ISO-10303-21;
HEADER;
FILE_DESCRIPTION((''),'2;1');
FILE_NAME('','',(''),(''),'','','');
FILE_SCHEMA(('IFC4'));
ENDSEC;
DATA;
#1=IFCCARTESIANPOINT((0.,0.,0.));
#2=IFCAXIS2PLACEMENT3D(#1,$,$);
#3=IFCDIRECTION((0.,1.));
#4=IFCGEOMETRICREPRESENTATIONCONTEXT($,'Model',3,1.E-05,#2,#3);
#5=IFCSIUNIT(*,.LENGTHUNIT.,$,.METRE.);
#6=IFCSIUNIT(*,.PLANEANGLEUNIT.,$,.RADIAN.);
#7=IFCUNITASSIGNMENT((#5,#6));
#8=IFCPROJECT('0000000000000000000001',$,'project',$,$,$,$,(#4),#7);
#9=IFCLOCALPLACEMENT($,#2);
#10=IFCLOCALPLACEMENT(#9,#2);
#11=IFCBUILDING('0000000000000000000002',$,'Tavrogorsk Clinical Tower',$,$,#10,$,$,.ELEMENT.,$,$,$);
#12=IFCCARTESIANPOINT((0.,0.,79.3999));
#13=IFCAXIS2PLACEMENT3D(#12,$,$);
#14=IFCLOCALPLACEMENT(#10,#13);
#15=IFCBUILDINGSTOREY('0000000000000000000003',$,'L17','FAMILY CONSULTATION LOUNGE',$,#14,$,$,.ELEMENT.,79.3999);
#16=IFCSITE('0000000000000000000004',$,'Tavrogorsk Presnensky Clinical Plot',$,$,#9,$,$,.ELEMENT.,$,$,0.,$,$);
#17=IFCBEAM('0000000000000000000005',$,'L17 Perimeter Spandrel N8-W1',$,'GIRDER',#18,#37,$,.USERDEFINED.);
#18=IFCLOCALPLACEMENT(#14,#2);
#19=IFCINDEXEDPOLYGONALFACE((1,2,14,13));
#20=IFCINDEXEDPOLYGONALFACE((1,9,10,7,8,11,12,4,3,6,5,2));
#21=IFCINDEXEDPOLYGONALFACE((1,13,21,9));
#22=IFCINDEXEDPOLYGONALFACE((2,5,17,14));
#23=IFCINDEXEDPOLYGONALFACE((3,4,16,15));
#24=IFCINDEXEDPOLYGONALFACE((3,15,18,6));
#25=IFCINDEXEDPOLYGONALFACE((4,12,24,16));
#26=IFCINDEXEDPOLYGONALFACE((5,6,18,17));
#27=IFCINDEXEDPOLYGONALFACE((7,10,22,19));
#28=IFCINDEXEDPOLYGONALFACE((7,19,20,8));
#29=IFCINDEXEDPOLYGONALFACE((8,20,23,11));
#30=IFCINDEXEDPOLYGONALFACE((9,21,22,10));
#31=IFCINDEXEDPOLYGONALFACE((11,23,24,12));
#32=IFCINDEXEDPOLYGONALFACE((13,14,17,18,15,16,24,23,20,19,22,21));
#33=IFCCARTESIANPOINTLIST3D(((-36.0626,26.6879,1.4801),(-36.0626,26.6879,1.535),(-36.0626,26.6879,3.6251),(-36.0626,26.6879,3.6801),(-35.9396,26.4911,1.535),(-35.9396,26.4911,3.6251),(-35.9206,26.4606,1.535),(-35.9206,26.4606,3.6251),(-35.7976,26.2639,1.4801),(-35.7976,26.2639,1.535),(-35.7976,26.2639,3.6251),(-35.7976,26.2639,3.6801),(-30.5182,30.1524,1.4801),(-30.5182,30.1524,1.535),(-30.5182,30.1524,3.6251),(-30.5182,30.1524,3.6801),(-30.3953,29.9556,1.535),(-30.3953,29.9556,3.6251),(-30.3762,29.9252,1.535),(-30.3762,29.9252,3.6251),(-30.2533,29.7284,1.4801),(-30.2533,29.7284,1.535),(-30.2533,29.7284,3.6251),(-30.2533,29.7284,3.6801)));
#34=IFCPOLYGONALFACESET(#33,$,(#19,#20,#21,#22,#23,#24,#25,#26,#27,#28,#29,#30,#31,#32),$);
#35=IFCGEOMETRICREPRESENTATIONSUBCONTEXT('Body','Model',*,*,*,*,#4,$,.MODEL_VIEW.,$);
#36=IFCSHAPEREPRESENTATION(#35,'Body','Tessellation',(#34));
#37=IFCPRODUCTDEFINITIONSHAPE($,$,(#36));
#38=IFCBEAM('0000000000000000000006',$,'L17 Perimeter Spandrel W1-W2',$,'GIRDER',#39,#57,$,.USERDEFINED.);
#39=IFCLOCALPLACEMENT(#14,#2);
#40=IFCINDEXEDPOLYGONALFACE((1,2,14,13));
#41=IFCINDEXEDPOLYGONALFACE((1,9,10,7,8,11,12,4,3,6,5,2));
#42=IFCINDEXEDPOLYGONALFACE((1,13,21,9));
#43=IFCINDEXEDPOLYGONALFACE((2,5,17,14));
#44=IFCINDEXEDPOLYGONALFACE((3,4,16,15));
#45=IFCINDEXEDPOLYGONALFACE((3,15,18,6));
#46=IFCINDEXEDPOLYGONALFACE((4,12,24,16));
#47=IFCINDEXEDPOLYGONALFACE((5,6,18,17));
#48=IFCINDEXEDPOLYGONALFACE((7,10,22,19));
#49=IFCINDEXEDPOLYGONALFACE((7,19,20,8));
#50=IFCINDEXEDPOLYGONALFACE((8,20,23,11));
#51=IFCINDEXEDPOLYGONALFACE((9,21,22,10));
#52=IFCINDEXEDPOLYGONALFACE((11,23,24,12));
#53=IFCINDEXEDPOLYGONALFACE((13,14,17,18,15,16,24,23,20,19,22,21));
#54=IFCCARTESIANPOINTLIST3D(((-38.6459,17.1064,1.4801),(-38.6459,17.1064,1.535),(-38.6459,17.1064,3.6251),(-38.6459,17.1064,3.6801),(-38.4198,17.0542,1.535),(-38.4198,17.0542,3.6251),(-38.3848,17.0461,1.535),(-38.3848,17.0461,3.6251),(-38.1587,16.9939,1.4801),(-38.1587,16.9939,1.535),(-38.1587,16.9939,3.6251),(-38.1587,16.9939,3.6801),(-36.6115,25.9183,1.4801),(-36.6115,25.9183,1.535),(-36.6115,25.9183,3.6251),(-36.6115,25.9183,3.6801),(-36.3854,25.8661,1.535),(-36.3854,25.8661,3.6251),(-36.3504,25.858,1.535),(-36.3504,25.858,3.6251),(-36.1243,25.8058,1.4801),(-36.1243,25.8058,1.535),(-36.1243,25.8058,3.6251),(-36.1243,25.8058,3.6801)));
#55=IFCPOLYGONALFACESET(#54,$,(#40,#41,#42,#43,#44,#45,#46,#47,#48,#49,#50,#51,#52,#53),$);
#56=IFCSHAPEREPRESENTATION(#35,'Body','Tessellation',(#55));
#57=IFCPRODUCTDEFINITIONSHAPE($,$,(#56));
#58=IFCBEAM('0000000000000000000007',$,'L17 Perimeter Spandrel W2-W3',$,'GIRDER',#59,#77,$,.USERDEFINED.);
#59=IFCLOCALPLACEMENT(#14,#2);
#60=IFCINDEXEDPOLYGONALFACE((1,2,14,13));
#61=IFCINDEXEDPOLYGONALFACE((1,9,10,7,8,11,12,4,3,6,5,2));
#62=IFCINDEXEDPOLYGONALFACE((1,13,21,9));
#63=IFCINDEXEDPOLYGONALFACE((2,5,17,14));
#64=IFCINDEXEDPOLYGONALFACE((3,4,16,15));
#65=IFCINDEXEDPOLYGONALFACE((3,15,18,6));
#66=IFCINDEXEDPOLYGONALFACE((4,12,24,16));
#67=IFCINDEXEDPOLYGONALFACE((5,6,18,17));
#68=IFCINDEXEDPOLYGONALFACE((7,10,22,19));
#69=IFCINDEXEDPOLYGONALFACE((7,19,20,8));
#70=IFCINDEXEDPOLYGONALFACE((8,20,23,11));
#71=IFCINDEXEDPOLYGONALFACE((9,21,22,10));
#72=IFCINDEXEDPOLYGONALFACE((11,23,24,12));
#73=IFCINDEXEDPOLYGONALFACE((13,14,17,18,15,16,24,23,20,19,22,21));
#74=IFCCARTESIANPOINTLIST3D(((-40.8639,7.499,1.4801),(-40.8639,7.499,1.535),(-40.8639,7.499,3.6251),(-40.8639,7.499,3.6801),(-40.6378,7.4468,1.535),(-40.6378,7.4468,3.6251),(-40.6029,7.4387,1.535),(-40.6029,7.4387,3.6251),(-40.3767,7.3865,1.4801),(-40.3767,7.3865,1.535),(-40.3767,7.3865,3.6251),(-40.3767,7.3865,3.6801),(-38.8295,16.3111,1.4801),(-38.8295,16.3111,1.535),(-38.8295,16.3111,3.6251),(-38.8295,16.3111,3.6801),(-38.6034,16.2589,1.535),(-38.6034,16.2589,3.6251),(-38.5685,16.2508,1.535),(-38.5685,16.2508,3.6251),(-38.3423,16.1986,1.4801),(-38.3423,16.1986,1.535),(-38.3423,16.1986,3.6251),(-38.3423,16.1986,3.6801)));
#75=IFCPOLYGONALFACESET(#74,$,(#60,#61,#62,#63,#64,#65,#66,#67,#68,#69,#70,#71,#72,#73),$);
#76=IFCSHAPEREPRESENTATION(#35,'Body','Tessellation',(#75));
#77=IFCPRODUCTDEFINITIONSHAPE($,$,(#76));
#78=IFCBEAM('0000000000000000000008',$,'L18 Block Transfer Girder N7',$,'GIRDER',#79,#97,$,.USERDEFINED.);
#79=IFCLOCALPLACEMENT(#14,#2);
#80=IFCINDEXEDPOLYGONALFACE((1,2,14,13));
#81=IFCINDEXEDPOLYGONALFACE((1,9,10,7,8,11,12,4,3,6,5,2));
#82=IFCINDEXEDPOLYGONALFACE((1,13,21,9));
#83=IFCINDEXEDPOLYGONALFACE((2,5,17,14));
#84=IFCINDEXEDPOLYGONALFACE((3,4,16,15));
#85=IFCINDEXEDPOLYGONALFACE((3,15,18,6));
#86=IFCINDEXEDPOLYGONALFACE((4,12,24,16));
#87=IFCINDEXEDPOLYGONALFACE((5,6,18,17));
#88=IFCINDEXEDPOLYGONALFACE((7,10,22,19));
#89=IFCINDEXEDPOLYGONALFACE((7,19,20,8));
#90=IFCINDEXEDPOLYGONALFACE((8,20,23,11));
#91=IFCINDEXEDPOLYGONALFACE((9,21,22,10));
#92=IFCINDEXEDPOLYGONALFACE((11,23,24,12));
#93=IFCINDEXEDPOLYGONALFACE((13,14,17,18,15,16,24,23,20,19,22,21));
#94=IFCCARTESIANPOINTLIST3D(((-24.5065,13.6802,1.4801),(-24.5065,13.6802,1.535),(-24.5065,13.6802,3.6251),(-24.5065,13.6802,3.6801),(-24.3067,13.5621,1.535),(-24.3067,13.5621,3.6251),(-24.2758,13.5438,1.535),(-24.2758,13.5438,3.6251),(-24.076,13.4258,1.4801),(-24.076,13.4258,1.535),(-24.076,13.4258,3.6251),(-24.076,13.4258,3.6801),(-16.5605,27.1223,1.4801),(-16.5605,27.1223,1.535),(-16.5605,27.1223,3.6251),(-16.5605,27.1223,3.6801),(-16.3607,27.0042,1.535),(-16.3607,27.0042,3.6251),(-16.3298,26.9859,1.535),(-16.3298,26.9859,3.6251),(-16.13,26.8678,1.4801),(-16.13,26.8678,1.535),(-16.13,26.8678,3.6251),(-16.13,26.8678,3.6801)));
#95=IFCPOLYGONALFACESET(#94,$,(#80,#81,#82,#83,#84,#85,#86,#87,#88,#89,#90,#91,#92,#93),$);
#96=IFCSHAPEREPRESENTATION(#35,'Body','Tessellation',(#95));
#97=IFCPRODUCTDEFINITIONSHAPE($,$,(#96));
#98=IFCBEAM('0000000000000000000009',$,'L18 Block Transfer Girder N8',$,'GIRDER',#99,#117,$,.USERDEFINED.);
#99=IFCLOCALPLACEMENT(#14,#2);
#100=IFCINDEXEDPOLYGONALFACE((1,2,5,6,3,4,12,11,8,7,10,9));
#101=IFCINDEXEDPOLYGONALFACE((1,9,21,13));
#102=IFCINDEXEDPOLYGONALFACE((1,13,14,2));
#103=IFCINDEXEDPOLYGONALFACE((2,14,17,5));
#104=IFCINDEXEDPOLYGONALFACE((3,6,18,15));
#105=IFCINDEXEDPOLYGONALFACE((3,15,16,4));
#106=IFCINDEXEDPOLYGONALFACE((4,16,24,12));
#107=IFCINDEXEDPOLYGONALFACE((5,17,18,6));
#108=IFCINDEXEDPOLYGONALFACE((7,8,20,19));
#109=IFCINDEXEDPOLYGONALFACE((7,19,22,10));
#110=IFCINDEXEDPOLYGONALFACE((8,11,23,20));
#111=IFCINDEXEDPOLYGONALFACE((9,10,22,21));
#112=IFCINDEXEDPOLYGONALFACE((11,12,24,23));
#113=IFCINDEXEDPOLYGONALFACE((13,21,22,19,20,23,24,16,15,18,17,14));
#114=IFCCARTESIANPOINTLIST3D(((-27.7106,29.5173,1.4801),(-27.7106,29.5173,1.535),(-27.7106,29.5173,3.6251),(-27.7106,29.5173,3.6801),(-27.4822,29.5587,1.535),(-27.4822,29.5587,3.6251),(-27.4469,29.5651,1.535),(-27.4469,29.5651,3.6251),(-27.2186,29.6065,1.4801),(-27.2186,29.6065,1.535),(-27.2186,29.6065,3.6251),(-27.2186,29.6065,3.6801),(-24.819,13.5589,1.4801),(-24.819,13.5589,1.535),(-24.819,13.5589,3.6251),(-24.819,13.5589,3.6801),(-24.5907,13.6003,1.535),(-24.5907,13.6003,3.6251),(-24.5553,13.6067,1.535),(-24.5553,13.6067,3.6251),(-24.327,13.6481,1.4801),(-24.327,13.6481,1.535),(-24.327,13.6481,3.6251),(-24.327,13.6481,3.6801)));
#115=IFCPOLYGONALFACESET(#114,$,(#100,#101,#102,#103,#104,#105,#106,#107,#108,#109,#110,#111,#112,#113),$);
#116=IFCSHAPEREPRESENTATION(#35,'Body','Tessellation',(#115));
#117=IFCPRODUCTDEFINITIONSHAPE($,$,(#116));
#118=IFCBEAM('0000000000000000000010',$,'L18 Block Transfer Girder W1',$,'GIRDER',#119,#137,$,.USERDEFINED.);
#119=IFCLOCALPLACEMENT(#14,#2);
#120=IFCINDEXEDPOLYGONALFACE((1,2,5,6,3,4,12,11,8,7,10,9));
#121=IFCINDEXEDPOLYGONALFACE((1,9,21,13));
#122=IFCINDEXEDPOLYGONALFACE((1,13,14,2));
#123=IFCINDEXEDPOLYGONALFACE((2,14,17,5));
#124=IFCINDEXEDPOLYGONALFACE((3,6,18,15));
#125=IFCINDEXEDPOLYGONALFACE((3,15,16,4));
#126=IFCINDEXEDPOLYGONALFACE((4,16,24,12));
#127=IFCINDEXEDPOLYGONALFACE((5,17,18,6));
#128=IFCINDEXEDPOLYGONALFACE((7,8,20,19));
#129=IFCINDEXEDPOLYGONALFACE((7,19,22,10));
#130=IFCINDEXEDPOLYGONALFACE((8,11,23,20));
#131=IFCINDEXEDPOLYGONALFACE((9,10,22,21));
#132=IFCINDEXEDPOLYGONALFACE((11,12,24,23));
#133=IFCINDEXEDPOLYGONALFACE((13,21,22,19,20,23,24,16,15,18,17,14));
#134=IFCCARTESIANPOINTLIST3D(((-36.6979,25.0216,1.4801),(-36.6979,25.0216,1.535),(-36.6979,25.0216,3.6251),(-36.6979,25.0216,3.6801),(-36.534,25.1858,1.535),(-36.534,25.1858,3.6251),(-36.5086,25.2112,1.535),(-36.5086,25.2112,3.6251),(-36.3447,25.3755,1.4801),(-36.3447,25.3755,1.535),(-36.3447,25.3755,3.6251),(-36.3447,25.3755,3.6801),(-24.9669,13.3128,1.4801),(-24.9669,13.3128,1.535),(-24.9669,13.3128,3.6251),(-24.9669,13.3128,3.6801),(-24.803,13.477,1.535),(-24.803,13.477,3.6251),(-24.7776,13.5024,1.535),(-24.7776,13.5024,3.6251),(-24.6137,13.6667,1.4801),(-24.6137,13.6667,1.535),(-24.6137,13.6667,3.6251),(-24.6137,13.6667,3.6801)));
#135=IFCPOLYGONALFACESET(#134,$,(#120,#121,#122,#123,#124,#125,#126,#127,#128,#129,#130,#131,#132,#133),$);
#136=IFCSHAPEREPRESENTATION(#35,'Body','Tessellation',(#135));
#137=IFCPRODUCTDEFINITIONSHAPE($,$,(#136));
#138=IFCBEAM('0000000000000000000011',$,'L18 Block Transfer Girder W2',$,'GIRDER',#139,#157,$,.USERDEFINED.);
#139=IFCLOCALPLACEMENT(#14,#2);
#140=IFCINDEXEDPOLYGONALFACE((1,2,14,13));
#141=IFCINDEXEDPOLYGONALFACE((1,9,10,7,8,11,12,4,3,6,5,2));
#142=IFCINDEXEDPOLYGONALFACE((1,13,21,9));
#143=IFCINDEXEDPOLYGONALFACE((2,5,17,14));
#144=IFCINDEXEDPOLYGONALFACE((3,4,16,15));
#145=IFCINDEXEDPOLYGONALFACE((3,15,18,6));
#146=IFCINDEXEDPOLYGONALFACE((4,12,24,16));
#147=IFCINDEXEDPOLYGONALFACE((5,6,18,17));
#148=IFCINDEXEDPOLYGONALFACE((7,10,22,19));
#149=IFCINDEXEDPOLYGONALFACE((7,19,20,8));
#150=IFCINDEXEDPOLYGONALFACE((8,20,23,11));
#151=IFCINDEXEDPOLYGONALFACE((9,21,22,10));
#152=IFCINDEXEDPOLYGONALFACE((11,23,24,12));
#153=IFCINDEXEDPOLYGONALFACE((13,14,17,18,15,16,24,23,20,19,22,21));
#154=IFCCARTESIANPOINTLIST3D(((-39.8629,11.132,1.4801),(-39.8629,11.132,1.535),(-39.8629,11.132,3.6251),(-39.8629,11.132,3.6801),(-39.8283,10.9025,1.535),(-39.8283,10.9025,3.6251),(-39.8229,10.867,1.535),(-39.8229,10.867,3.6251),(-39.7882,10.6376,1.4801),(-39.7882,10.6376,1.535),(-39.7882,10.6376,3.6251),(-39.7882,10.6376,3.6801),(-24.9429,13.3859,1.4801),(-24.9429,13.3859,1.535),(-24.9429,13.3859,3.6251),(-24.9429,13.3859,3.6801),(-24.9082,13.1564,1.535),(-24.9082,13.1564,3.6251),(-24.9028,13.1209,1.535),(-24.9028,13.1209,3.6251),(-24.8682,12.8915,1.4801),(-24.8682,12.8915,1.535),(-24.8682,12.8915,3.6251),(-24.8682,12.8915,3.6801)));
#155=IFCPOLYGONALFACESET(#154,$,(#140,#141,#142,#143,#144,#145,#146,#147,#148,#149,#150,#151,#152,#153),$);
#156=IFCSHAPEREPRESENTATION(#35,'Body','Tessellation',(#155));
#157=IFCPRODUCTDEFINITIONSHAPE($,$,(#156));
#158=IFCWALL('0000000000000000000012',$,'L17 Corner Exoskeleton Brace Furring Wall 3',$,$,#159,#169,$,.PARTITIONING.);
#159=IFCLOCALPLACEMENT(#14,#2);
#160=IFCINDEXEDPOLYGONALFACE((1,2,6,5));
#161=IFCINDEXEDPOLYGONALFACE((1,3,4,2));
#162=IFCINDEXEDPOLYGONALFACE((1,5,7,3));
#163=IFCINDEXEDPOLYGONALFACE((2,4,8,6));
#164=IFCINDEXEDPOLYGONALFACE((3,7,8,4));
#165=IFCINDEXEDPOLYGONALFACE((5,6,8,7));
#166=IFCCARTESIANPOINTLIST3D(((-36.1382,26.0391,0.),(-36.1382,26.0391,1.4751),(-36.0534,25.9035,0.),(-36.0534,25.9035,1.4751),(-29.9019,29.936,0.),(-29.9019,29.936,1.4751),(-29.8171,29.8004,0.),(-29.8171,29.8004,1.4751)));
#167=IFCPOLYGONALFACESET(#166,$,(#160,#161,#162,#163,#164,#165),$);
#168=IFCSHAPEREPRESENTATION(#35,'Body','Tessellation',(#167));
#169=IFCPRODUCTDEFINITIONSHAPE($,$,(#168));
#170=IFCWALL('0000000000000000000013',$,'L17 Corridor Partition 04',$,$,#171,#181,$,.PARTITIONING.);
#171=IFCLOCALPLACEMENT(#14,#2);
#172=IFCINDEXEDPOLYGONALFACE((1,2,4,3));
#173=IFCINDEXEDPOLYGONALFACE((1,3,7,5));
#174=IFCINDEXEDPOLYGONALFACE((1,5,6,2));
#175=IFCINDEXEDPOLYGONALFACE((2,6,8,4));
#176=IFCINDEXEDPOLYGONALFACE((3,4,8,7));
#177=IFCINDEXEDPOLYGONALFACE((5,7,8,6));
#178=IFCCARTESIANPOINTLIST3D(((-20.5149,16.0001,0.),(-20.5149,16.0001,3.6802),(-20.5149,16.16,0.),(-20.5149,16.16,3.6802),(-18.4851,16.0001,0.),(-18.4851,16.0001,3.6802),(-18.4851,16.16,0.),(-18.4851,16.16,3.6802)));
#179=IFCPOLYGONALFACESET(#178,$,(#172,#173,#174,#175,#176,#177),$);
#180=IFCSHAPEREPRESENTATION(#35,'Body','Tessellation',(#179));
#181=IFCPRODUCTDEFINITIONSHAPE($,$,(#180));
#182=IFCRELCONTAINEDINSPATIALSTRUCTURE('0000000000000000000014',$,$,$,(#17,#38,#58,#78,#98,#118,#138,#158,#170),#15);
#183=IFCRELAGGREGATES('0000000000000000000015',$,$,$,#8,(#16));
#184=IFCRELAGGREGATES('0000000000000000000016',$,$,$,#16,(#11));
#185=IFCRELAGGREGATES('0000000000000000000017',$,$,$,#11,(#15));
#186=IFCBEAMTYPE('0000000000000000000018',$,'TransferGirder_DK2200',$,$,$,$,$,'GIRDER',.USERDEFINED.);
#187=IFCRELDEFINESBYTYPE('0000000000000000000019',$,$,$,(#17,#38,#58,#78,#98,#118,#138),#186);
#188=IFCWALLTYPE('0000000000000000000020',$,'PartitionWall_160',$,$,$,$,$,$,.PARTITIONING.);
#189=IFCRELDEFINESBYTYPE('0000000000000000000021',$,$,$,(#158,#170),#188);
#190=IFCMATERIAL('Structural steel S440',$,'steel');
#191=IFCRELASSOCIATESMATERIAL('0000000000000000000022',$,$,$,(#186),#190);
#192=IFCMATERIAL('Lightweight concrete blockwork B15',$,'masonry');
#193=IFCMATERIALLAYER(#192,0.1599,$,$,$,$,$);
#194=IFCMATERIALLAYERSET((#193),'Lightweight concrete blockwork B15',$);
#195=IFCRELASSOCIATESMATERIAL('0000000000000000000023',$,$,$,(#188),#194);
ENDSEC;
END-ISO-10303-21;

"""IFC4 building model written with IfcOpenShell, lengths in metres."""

from ifc_helpers import new_model, si_unit, direction, frame, frame_2d, origin, origin_2d, place, context, subcontext, project, spatial, rectangle, i_section, extrude, material, layer, layer_set, material_profile, profile_set, type_object, element, save


model = new_model("IFC4")

# Units and contexts
model_context = context("Model", 3, precision=1e-05, world=origin(), true_north=direction((0.0, 1.0)))
body_context = subcontext(model_context, "Body", "Model", "MODEL_VIEW")
ifc_project = project(units=[si_unit("LENGTHUNIT", "METRE"), si_unit("PLANEANGLEUNIT", "RADIAN")], contexts=[model_context])

# Site, building, storey
site_placement = place(None, origin())
site = spatial("IfcSite", under=ifc_project, at=site_placement, Name="Tavrogorsk Presnensky Clinical Plot", CompositionType="ELEMENT", RefElevation=0.0)
building_placement = place(site_placement, origin())
building = spatial("IfcBuilding", under=site, at=building_placement, Name="Tavrogorsk Clinical Tower", CompositionType="ELEMENT")
storey_placement = place(building_placement, frame((0.0, 0.0, 79.3999)))
storey = spatial("IfcBuildingStorey", under=building, at=storey_placement, Name="L17", Description="FAMILY CONSULTATION LOUNGE", CompositionType="ELEMENT", Elevation=79.3999)

# Beams
ifc_material_1 = material(Name="Structural steel S440", Category="steel")
ifc_material_profile_1 = material_profile(ifc_material_1, i_section(OverallWidth=0.5, OverallDepth=2.2, WebThickness=0.0359, FlangeThickness=0.0549, at=origin_2d()), Name="DK-2200x500x36x55")
ifc_profile_set_1 = profile_set([ifc_material_profile_1], Name="Structural steel S440")
beam_type = type_object("IfcBeamType", Name="TransferGirder_DK2200", ElementType="GIRDER", PredefinedType="USERDEFINED", material=ifc_profile_set_1)
beam_1_placement = place(storey_placement, frame((-30.3857, 29.9404, 2.5801), z_axis=(-0.848044, -0.529925, 0.0), x_axis=(0.529925, -0.848044, 0.0)))
element("IfcBeam", 1, at=beam_1_placement, inside=storey, type_object=beam_type, Name="L17 Perimeter Spandrel N8-W1", ObjectType="GIRDER", PredefinedType="USERDEFINED", context=body_context, shape_type="SweptSolid", body=[
    extrude(i_section(OverallWidth=0.5, OverallDepth=2.2, WebThickness=0.0359, FlangeThickness=0.0549, at=origin_2d()), origin(), (0.0, 0.0, 1.0), 6.5378),
])
beam_2_placement = place(storey_placement, frame((-36.3679, 25.8621, 2.5801), z_axis=(-0.224952, -0.97437, 0.0), x_axis=(0.97437, -0.224952, 0.0)))
element("IfcBeam", 2, at=beam_2_placement, inside=storey, type_object=beam_type, Name="L17 Perimeter Spandrel W1-W2", ObjectType="GIRDER", PredefinedType="USERDEFINED", context=body_context, shape_type="SweptSolid", body=[
    extrude(i_section(OverallWidth=0.5, OverallDepth=2.2, WebThickness=0.0359, FlangeThickness=0.0549, at=origin_2d()), origin(), (0.0, 0.0, 1.0), 9.0437),
])
beam_3_placement = place(storey_placement, frame((-38.5859, 16.2549, 2.5801), z_axis=(-0.224946, -0.974371, 0.0), x_axis=(0.974371, -0.224946, 0.0)))
element("IfcBeam", 3, at=beam_3_placement, inside=storey, type_object=beam_type, Name="L17 Perimeter Spandrel W2-W3", ObjectType="GIRDER", PredefinedType="USERDEFINED", context=body_context, shape_type="SweptSolid", body=[
    extrude(i_section(OverallWidth=0.5, OverallDepth=2.2, WebThickness=0.0359, FlangeThickness=0.0549, at=origin_2d()), origin(), (0.0, 0.0, 1.0), 9.0439),
])
beam_4_placement = place(storey_placement, frame((-24.2913, 13.553, 2.5801), z_axis=(0.50887, 0.860843, 0.0), x_axis=(-0.860843, 0.50887, 0.0)))
element("IfcBeam", 4, at=beam_4_placement, inside=storey, type_object=beam_type, Name="L18 Block Transfer Girder N7", ObjectType="GIRDER", PredefinedType="USERDEFINED", context=body_context, shape_type="SweptSolid", body=[
    extrude(i_section(OverallWidth=0.5, OverallDepth=2.2, WebThickness=0.0359, FlangeThickness=0.0549, at=origin_2d()), origin(), (0.0, 0.0, 1.0), 15.615),
])
beam_5_placement = place(storey_placement, frame((-24.573, 13.6035, 2.5801), z_axis=(-0.178292, 0.983978, 0.0), x_axis=(-0.983978, -0.178292, 0.0)))
element("IfcBeam", 5, at=beam_5_placement, inside=storey, type_object=beam_type, Name="L18 Block Transfer Girder N8", ObjectType="GIRDER", PredefinedType="USERDEFINED", context=body_context, shape_type="SweptSolid", body=[
    extrude(i_section(OverallWidth=0.5, OverallDepth=2.2, WebThickness=0.0359, FlangeThickness=0.0549, at=origin_2d()), origin(), (0.0, 0.0, 1.0), 16.2183),
])
beam_6_placement = place(storey_placement, frame((-24.7903, 13.4897, 2.5801), z_axis=(-0.707777, 0.706436, 0.0), x_axis=(-0.706436, -0.707777, 0.0)))
element("IfcBeam", 6, at=beam_6_placement, inside=storey, type_object=beam_type, Name="L18 Block Transfer Girder W1", ObjectType="GIRDER", PredefinedType="USERDEFINED", context=body_context, shape_type="SweptSolid", body=[
    extrude(i_section(OverallWidth=0.5, OverallDepth=2.2, WebThickness=0.0359, FlangeThickness=0.0549, at=origin_2d()), origin(), (0.0, 0.0, 1.0), 16.5745),
])
beam_7_placement = place(storey_placement, frame((-24.9055, 13.1387, 2.5801), z_axis=(-0.988781, -0.14937, 0.0), x_axis=(0.14937, -0.988781, 0.0)))
element("IfcBeam", 7, at=beam_7_placement, inside=storey, type_object=beam_type, Name="L18 Block Transfer Girder W2", ObjectType="GIRDER", PredefinedType="USERDEFINED", context=body_context, shape_type="SweptSolid", body=[
    extrude(i_section(OverallWidth=0.5, OverallDepth=2.2, WebThickness=0.0359, FlangeThickness=0.0549, at=origin_2d()), origin(), (0.0, 0.0, 1.0), 15.0894),
])

# Walls
ifc_material_2 = material(Name="Lightweight concrete blockwork B15", Category="masonry")
ifc_layer_1 = layer(ifc_material_2, 0.1599)
ifc_layer_set_1 = layer_set([ifc_layer_1], Name="Lightweight concrete blockwork B15")
wall_type_1 = type_object("IfcWallType", Name="PartitionWall_160", PredefinedType="PARTITIONING", material=ifc_layer_set_1)
wall_1_placement = place(storey_placement, frame((-29.8596, 29.8682, 0.0), z_axis=(0.0, 0.0, 1.0), x_axis=(-0.848043, -0.529927, 0.0)))
element("IfcWall", 8, at=wall_1_placement, inside=storey, type_object=wall_type_1, Name="L17 Corner Exoskeleton Brace Furring Wall 3", PredefinedType="PARTITIONING", context=body_context, shape_type="SweptSolid", body=[
    extrude(rectangle(XDim=7.3538, YDim=0.1599, at=frame_2d((3.6768, 0.0))), origin(), (0.0, 0.0, 1.0), 1.4751),
])
wall_2_placement = place(storey_placement, frame((-20.5149, 16.0801, 0.0), z_axis=(0.0, 0.0, 1.0), x_axis=(1.0, 0.0, 0.0)))
element("IfcWall", 9, at=wall_2_placement, inside=storey, type_object=wall_type_1, Name="L17 Corridor Partition 04", PredefinedType="PARTITIONING", context=body_context, shape_type="SweptSolid", body=[
    extrude(rectangle(XDim=2.0298, YDim=0.1599, at=frame_2d((1.0149, 0.0))), origin(), (0.0, 0.0, 1.0), 3.6802),
])

save(model, "model.ifc")
